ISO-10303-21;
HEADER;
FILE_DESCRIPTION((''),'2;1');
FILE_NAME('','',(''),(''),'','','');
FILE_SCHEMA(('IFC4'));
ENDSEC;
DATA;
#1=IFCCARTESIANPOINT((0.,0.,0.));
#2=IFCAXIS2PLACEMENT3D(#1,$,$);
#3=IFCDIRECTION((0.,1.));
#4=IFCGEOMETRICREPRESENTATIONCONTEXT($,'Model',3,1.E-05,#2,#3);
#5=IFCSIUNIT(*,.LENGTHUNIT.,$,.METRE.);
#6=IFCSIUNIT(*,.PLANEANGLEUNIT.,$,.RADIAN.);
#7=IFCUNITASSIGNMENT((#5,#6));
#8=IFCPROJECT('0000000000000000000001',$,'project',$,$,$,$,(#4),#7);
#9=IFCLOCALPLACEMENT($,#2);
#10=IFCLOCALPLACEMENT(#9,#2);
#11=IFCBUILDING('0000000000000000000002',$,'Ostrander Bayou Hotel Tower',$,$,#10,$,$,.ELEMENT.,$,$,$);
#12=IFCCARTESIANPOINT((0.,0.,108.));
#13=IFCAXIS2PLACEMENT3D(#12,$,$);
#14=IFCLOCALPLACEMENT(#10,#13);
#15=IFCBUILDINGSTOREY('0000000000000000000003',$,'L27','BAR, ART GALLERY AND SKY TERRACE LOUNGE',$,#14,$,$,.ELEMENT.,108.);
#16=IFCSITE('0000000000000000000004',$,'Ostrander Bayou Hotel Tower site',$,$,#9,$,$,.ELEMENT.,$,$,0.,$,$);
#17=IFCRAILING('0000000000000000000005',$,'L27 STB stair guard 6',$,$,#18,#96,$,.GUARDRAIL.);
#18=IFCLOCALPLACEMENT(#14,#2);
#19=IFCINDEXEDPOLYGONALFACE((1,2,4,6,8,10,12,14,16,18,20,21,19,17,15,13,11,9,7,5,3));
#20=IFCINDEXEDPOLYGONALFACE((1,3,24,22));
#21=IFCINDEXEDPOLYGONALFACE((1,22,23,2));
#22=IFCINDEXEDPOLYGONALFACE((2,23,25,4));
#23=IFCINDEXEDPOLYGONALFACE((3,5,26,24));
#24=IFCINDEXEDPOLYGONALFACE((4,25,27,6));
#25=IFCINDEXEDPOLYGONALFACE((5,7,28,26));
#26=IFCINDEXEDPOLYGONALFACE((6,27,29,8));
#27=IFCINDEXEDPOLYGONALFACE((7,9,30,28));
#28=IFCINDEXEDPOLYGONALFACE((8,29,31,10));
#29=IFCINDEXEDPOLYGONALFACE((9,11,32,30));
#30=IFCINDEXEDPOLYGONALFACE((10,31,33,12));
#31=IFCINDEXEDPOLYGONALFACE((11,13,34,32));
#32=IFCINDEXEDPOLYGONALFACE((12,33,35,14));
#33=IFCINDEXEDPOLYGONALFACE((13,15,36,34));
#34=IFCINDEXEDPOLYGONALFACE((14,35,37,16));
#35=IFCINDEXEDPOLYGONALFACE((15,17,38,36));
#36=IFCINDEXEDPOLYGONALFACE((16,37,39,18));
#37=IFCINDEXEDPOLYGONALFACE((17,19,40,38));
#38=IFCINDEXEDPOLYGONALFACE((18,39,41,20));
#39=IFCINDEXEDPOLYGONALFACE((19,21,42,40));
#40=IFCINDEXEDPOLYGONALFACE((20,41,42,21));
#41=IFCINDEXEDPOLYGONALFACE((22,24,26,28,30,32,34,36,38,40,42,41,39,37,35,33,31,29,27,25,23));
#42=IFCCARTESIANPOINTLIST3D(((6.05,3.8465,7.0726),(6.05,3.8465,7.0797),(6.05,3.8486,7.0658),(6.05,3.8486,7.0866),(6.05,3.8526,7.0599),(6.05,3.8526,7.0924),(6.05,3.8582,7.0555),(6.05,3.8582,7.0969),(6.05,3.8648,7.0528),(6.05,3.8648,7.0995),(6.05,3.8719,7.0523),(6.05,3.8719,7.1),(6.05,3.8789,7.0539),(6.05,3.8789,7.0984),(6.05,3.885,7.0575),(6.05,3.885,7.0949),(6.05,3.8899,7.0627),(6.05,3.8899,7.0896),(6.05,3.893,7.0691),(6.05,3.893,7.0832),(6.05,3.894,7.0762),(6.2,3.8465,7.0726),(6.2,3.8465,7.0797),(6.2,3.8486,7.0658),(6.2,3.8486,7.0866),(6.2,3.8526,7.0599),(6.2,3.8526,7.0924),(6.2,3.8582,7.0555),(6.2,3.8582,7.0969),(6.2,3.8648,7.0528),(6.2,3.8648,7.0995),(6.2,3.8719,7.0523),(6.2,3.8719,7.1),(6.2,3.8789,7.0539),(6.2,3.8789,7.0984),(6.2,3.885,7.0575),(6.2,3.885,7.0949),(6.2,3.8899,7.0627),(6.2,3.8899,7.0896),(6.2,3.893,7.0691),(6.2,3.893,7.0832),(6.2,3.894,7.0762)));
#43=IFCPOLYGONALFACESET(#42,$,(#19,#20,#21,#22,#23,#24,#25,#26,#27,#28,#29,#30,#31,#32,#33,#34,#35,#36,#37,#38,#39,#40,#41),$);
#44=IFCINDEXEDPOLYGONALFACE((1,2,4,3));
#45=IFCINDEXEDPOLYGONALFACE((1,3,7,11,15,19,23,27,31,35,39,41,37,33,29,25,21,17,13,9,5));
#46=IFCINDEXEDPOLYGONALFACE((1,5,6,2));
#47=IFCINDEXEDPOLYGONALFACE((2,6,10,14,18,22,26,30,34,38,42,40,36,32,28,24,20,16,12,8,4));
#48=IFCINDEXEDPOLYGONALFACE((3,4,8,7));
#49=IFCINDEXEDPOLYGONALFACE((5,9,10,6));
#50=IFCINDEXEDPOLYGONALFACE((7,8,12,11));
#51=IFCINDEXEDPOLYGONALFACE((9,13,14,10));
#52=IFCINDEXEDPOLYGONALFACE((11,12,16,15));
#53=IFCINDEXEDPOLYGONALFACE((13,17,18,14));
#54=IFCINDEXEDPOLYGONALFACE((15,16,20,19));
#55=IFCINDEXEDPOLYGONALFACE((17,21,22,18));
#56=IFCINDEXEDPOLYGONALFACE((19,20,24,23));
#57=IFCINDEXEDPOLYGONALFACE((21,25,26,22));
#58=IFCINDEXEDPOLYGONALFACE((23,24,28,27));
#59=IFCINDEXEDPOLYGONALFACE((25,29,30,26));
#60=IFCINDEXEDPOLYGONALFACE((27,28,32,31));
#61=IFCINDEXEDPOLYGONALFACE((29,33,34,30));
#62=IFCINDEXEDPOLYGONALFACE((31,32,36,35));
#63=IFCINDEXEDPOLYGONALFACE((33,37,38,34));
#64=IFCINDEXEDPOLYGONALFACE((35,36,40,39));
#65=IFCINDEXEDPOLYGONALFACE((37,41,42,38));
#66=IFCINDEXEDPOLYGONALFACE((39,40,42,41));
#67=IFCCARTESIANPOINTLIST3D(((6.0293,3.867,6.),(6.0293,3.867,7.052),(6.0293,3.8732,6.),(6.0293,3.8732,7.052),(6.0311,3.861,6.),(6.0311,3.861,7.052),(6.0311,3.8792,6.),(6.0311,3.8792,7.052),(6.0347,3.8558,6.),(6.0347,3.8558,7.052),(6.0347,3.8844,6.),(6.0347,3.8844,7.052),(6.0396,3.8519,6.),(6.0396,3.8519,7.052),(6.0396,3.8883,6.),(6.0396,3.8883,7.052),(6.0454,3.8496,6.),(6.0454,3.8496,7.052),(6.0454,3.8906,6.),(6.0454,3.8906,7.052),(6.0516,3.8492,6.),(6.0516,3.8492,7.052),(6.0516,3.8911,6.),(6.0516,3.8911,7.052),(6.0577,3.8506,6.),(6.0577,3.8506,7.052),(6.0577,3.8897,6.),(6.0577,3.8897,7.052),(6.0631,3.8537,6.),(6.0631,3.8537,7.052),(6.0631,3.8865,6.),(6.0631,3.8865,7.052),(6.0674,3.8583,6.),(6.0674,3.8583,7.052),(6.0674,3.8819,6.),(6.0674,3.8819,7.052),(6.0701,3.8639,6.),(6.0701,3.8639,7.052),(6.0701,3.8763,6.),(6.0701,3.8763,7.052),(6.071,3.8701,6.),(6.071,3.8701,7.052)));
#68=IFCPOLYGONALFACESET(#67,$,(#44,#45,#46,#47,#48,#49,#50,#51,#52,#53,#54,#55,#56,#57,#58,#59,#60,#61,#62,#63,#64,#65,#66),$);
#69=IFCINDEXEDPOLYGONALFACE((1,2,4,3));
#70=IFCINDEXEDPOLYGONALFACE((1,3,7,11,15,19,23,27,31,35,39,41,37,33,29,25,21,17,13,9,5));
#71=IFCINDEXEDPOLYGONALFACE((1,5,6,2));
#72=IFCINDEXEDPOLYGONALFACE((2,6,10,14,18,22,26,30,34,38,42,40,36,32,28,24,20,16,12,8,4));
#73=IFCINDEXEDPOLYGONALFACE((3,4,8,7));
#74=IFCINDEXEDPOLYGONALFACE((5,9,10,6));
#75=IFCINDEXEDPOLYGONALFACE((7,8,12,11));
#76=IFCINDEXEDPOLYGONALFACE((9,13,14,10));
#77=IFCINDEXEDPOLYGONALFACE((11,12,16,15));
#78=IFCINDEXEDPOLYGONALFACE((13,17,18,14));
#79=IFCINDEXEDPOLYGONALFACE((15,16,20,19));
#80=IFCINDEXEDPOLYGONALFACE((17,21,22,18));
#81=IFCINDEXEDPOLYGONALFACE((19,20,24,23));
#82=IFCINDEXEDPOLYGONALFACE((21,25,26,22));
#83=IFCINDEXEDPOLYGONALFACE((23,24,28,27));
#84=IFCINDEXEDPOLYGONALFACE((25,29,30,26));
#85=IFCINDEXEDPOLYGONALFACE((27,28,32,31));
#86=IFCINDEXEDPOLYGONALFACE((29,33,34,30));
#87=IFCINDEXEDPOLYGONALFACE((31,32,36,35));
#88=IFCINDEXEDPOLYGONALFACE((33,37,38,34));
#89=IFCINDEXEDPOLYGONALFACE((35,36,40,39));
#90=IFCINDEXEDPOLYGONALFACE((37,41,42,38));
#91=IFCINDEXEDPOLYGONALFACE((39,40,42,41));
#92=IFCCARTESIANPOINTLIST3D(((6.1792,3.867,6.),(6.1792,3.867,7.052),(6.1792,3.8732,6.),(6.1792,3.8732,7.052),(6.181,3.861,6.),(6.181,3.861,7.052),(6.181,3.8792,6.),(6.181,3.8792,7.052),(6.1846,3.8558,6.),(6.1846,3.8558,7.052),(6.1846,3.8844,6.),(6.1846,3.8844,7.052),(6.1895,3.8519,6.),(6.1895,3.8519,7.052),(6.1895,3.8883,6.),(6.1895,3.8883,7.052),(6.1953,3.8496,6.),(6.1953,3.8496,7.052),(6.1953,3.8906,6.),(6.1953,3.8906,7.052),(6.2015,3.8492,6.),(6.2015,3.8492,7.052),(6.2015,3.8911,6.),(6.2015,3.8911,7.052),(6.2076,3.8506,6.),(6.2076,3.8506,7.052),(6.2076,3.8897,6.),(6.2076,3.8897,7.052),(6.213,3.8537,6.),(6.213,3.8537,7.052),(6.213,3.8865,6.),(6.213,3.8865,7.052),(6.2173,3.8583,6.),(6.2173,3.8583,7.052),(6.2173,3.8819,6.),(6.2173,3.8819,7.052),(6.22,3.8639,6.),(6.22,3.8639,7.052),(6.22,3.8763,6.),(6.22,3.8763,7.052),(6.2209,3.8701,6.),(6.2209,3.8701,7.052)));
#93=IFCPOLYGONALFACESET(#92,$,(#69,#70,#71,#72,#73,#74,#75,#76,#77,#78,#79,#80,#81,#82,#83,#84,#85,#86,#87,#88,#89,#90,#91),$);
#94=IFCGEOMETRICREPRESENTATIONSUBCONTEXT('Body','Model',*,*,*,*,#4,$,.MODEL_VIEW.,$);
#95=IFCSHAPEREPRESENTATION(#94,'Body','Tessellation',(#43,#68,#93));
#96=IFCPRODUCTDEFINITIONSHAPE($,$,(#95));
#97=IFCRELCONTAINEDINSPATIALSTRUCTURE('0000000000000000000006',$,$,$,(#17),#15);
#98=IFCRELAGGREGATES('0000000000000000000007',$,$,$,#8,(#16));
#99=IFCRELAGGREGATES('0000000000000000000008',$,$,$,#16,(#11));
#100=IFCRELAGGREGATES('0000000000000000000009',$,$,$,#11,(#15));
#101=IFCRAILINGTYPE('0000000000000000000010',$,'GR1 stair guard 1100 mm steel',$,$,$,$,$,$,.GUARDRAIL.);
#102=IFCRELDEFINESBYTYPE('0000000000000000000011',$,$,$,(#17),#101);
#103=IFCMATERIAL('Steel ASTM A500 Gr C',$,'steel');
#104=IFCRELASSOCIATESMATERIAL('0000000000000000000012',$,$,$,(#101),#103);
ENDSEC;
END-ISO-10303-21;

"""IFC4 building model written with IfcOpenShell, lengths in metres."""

from ifc_helpers import new_model, si_unit, direction, frame, origin, origin_2d, place, context, subcontext, project, spatial, circle, extrude, material, type_object, element, save


model = new_model("IFC4")

# Units and contexts
model_context = context("Model", 3, precision=1e-05, world=origin(), true_north=direction((0.0, 1.0)))
body_context = subcontext(model_context, "Body", "Model", "MODEL_VIEW")
ifc_project = project(units=[si_unit("LENGTHUNIT", "METRE"), si_unit("PLANEANGLEUNIT", "RADIAN")], contexts=[model_context])

# Site, building, storey
site_placement = place(None, origin())
site = spatial("IfcSite", under=ifc_project, at=site_placement, Name="Ostrander Bayou Hotel Tower site", CompositionType="ELEMENT", RefElevation=0.0)
building_placement = place(site_placement, origin())
building = spatial("IfcBuilding", under=site, at=building_placement, Name="Ostrander Bayou Hotel Tower", CompositionType="ELEMENT")
storey_placement = place(building_placement, frame((0.0, 0.0, 108.0)))
storey = spatial("IfcBuildingStorey", under=building, at=storey_placement, Name="L27", Description="BAR, ART GALLERY AND SKY TERRACE LOUNGE", CompositionType="ELEMENT", Elevation=108.0)

# Railing
ifc_material_1 = material(Name="Steel ASTM A500 Gr C", Category="steel")
railing_type_1 = type_object("IfcRailingType", Name="GR1 stair guard 1100 mm steel", PredefinedType="GUARDRAIL", material=ifc_material_1)
railing_1_placement = place(storey_placement, frame((6.05, 3.8701, 6.0)))
element("IfcRailing", 1, at=railing_1_placement, inside=storey, type_object=railing_type_1, Name="L27 STB stair guard 6", PredefinedType="GUARDRAIL", context=body_context, shape_type="SweptSolid", body=[
    extrude(circle(Radius=0.0239, at=origin_2d()), frame((0.0, 0.0, 1.0762), z_axis=(1.0, 0.0, 0.0), x_axis=(0.0, 1.0, 0.0)), (0.0, 0.0, 1.0), 0.1499),
    extrude(circle(Radius=0.021, at=origin_2d()), origin(), (0.0, 0.0, 1.0), 1.052),
    extrude(circle(Radius=0.021, at=origin_2d()), frame((0.1499, 0.0, 0.0)), (0.0, 0.0, 1.0), 1.052),
])

save(model, "model.ifc")
